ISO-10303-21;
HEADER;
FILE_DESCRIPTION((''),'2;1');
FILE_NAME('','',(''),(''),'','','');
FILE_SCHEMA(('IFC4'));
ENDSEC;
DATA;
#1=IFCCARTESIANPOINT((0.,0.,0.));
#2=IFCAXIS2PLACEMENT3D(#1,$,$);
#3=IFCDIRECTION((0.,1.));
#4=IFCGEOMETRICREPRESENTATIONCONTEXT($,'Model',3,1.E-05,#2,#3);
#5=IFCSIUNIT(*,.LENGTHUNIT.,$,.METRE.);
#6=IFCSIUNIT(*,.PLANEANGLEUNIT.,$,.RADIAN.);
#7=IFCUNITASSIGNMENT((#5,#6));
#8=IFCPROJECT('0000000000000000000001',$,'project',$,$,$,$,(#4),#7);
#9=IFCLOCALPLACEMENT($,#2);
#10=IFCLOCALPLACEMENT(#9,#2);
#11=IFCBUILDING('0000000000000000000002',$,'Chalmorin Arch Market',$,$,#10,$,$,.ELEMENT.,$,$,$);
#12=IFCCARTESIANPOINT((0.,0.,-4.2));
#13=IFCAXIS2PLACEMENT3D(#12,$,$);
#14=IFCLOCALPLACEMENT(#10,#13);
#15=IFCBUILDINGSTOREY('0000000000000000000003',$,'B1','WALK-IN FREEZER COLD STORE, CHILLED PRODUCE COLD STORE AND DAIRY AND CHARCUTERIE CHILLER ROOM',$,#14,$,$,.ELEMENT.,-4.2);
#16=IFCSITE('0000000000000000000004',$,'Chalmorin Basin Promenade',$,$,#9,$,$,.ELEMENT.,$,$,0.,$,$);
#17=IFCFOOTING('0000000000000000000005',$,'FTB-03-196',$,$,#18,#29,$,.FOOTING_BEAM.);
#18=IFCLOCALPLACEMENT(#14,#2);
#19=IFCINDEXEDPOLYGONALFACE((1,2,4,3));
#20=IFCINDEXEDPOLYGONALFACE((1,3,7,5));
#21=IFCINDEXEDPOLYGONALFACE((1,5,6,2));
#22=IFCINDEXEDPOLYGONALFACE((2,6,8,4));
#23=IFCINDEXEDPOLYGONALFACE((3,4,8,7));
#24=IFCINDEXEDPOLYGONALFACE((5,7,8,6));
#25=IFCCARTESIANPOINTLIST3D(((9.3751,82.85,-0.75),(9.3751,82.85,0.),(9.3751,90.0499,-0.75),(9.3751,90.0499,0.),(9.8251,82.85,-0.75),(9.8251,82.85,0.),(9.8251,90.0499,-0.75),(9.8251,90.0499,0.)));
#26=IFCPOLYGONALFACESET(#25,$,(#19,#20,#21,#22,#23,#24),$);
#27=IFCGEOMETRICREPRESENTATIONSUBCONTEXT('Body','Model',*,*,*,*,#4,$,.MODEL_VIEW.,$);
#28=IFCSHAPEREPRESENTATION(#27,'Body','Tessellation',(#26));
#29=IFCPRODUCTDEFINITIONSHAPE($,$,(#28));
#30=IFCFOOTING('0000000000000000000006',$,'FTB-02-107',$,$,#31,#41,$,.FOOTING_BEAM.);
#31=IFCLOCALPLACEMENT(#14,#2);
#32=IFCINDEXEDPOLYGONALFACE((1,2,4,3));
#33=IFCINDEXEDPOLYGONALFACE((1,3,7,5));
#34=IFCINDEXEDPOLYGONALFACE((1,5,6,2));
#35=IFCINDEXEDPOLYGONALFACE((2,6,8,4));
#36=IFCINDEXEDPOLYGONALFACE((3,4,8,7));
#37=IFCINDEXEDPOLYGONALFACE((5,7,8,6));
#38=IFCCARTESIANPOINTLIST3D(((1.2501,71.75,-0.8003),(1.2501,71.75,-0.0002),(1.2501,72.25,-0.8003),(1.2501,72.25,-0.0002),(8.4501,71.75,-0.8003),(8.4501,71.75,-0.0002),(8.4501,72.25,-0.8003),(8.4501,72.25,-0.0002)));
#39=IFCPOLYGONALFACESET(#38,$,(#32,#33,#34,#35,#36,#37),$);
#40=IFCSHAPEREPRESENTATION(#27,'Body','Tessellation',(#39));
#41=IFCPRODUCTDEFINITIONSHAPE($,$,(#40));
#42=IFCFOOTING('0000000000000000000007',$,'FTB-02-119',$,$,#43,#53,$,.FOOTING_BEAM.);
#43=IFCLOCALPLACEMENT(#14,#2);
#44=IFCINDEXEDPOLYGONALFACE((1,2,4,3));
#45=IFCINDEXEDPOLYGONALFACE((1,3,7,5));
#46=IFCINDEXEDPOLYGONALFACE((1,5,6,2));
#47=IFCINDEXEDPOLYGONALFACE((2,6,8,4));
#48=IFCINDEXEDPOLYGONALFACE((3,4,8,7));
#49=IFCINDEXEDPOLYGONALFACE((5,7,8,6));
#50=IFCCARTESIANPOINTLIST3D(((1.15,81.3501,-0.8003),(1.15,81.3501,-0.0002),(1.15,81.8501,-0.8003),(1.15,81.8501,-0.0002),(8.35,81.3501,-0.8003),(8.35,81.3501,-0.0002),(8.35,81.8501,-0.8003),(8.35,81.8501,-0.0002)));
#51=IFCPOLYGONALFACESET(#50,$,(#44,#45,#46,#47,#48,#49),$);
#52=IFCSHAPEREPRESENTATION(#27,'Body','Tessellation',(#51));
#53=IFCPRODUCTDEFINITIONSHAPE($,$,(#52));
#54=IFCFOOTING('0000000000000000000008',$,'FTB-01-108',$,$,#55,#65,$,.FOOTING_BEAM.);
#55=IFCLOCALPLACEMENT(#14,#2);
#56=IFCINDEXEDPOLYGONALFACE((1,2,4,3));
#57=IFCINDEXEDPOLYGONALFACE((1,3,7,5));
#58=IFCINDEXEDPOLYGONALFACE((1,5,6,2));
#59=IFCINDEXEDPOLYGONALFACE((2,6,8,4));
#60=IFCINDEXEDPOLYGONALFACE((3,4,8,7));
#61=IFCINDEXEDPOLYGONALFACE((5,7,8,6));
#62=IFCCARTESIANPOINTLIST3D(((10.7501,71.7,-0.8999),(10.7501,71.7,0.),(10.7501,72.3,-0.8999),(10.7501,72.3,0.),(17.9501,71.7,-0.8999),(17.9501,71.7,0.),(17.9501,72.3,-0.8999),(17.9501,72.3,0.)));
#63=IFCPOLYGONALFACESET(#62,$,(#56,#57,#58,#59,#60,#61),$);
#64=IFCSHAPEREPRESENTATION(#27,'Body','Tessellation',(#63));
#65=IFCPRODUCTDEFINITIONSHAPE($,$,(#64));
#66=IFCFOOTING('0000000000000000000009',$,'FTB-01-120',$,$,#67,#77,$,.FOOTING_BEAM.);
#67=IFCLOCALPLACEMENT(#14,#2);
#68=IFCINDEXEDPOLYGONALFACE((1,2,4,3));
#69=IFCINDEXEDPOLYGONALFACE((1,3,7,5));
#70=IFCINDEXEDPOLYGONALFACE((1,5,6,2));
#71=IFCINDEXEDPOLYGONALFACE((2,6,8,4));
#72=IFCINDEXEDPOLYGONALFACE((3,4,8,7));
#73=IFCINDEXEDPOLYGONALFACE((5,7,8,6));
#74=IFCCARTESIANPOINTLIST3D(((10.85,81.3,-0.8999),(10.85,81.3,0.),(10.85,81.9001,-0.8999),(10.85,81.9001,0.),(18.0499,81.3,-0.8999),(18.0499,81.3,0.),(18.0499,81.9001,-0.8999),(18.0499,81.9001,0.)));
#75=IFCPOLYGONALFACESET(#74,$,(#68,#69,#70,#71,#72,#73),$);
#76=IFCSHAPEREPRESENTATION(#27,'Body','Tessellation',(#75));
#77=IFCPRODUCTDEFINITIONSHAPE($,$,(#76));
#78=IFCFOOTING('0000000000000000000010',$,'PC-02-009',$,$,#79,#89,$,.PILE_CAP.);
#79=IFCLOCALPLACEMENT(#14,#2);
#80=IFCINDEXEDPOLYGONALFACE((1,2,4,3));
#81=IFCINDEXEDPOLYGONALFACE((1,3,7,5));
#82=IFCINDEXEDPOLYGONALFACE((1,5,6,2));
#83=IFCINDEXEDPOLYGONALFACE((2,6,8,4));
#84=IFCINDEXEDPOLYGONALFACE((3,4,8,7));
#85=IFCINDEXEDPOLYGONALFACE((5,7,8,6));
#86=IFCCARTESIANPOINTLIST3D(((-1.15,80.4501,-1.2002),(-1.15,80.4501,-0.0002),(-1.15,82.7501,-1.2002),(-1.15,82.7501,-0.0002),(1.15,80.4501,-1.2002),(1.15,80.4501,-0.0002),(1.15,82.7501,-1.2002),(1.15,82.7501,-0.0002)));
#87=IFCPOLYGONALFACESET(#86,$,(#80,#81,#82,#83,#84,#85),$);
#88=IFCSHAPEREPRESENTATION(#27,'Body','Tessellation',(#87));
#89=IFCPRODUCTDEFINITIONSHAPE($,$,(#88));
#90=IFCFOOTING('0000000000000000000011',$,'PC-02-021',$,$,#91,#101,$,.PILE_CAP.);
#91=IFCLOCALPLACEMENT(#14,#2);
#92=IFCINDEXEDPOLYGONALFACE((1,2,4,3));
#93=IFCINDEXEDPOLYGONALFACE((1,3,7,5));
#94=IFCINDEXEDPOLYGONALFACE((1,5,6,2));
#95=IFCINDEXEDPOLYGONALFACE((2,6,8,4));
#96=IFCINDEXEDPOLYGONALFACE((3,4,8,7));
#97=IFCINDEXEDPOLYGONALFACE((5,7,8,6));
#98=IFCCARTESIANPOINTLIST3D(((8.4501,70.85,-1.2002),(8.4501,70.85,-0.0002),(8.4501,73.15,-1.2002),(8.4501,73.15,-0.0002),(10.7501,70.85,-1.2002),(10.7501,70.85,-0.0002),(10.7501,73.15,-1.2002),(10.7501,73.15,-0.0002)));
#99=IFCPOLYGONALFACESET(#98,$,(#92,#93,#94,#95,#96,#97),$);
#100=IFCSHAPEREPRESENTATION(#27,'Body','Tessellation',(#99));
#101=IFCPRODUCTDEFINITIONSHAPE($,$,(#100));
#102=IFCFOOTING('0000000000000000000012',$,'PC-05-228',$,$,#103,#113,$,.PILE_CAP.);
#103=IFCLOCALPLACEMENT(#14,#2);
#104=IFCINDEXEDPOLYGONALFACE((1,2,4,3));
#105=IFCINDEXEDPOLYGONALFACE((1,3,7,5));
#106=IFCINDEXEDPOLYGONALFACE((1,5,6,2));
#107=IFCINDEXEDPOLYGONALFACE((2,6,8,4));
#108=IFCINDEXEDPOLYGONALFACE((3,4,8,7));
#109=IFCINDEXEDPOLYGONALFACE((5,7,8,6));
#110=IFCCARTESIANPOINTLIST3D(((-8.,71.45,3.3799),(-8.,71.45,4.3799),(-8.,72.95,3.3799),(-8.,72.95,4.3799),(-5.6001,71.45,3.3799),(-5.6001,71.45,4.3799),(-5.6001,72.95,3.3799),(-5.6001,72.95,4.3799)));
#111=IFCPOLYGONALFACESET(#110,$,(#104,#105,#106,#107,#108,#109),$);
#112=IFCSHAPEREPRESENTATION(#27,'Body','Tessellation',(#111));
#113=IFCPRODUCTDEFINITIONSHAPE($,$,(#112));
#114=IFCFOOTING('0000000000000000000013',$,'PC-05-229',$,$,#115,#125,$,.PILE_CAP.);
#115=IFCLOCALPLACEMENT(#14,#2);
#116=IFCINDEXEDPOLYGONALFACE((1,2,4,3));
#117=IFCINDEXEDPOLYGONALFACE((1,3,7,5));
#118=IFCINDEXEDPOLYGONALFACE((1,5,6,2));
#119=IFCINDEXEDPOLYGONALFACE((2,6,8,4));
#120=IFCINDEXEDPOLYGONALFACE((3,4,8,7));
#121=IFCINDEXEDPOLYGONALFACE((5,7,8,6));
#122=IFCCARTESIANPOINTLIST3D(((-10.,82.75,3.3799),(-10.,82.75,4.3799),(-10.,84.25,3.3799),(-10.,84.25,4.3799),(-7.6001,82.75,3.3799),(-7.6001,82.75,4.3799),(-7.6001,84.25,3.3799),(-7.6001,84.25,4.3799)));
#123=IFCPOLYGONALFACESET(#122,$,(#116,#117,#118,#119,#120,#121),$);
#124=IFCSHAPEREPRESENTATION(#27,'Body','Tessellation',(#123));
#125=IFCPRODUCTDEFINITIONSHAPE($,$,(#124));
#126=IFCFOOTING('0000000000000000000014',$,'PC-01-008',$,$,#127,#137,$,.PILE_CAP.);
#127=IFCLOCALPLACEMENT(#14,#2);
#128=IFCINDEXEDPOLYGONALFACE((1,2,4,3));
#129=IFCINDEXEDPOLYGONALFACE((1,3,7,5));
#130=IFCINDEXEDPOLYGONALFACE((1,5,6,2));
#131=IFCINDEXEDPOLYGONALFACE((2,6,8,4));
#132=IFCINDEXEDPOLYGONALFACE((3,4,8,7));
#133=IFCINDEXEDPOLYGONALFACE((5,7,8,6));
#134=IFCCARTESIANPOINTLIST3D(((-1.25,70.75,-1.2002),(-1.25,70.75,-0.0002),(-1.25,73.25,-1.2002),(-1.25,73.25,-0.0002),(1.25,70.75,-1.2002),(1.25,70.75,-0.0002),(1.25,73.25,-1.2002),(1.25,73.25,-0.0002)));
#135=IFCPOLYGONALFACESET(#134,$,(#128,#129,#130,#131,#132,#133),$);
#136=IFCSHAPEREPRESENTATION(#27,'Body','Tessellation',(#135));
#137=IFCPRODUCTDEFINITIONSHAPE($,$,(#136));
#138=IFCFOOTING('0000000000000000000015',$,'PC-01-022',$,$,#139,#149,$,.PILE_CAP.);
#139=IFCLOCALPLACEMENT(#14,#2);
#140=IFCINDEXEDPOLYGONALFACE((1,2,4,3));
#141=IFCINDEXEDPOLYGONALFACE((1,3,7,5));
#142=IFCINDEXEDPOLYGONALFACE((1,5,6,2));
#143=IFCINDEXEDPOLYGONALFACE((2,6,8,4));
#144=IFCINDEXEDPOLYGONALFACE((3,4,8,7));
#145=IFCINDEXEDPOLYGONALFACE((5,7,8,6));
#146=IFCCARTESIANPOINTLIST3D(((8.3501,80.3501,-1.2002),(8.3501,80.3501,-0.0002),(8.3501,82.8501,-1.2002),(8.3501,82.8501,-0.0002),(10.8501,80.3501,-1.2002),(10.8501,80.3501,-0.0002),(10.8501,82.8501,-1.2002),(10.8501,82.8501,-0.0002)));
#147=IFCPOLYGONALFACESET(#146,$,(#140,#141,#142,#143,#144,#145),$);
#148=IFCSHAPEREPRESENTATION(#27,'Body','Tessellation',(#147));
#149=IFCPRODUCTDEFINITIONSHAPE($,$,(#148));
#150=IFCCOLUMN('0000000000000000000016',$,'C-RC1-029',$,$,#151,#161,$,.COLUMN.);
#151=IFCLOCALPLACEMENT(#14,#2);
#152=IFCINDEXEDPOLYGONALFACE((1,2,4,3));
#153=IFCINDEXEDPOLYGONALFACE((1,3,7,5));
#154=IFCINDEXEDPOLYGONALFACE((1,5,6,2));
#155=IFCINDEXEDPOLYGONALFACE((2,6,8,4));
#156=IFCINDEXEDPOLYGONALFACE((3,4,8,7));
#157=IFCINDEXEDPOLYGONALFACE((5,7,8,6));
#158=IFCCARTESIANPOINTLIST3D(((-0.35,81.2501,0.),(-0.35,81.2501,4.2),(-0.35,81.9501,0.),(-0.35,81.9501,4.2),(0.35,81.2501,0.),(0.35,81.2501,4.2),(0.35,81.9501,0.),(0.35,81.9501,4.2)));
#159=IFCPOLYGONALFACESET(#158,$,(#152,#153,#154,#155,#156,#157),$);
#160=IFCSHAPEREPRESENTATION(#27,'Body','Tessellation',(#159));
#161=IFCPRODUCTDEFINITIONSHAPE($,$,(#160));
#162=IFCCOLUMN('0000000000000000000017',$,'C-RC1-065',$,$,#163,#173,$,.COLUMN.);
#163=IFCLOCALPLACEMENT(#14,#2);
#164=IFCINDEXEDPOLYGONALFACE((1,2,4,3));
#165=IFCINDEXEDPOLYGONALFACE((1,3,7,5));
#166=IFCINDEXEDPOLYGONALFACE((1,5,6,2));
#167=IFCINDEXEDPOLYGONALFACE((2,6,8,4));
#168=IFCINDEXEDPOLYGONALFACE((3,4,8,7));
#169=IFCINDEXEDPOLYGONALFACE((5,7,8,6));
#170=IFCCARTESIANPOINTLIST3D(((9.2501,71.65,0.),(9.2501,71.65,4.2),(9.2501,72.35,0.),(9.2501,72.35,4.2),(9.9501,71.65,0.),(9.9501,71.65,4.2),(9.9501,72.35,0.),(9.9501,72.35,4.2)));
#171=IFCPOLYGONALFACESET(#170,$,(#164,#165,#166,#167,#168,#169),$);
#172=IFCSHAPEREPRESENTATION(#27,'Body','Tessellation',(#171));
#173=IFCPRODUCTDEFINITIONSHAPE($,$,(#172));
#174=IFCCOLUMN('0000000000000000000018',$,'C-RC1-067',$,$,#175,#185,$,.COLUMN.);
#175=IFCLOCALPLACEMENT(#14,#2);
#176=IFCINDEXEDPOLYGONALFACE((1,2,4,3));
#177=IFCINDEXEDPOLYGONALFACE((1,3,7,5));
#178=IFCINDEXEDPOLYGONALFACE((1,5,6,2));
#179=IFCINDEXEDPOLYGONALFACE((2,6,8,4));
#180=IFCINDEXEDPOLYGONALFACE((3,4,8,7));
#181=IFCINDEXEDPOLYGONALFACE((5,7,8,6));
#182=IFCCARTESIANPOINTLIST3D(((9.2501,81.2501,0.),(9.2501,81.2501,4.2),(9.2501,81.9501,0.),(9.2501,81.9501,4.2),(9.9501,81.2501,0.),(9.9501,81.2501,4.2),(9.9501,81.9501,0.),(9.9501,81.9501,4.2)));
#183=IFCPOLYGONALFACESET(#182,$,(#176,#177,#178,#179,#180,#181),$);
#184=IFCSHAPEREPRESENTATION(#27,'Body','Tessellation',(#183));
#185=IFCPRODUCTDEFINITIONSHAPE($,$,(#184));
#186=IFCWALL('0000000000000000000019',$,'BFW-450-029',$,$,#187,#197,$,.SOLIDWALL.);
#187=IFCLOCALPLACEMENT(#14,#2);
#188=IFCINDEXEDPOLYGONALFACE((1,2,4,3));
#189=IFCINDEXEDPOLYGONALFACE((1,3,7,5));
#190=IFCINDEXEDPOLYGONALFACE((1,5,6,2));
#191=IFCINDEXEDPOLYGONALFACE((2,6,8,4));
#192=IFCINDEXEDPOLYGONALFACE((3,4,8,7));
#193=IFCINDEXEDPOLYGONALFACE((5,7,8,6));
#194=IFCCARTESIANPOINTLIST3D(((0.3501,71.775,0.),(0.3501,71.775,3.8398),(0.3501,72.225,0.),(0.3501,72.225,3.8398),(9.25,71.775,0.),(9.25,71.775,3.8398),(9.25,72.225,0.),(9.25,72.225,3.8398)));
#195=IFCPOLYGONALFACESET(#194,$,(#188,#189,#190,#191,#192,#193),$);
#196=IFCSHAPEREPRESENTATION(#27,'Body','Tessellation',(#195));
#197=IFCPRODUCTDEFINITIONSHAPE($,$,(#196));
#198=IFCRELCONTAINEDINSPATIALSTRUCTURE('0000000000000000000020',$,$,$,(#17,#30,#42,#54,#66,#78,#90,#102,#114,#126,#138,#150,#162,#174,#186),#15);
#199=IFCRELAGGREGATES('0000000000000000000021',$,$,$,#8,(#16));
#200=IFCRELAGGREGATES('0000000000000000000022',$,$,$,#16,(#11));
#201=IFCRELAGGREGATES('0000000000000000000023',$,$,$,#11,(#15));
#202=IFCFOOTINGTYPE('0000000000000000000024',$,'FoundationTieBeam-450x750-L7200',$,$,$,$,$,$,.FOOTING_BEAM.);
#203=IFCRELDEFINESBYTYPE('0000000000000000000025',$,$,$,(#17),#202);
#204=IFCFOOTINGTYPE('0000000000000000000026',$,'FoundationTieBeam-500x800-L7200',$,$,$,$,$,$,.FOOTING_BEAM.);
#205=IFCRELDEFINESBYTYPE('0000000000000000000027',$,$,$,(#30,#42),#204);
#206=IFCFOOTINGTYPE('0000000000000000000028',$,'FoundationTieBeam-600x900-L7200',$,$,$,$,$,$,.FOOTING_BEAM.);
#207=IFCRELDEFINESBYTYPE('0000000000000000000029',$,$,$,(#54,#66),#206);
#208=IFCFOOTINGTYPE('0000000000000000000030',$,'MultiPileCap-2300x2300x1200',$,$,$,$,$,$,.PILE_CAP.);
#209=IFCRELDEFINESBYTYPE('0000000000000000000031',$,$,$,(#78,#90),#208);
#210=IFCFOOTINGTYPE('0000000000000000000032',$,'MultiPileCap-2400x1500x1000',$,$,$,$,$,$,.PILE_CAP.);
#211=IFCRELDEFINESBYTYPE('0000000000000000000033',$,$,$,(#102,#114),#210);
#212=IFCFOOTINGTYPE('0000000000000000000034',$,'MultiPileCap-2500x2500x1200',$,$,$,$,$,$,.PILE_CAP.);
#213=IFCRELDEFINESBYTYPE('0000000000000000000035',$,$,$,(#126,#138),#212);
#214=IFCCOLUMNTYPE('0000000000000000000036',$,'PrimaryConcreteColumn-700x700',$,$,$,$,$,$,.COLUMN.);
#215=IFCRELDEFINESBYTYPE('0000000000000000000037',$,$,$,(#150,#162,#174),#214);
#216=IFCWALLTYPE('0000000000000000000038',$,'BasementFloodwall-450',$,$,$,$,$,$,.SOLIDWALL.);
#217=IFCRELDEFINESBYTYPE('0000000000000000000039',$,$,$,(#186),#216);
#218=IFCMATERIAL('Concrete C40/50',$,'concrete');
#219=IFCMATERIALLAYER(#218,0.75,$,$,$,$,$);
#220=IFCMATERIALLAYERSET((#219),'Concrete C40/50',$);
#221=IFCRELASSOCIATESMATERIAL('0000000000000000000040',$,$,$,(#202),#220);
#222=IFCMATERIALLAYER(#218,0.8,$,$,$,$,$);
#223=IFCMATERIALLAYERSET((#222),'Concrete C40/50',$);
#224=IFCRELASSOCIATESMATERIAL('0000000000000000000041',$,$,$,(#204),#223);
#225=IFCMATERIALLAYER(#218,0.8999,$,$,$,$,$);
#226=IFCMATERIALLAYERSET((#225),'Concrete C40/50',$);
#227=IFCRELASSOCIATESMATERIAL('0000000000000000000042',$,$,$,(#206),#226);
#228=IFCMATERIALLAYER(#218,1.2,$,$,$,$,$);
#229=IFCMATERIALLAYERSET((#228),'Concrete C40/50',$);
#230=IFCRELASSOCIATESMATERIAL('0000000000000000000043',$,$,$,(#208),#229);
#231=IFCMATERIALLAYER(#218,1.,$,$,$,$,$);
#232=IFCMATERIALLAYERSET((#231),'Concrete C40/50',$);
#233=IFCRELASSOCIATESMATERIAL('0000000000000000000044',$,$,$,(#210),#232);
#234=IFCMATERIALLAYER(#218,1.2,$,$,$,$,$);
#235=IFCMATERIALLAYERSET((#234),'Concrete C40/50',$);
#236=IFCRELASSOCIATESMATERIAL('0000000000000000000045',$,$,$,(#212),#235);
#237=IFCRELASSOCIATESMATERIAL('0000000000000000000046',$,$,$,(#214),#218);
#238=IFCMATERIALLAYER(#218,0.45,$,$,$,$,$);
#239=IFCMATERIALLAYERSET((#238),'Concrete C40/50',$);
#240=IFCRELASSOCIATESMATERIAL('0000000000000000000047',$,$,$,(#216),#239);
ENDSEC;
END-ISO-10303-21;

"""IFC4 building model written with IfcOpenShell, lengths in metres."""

from ifc_helpers import new_model, si_unit, direction, frame, frame_2d, origin, origin_2d, place, context, subcontext, project, spatial, rectangle, extrude, material, layer, layer_set, material_profile, profile_set, type_object, element, save


model = new_model("IFC4")

# Units and contexts
model_context = context("Model", 3, precision=1e-05, world=origin(), true_north=direction((0.0, 1.0)))
body_context = subcontext(model_context, "Body", "Model", "MODEL_VIEW")
ifc_project = project(units=[si_unit("LENGTHUNIT", "METRE"), si_unit("PLANEANGLEUNIT", "RADIAN")], contexts=[model_context])

# Site, building, storey
site_placement = place(None, origin())
site = spatial("IfcSite", under=ifc_project, at=site_placement, Name="Chalmorin Basin Promenade", CompositionType="ELEMENT", RefElevation=0.0)
building_placement = place(site_placement, origin())
building = spatial("IfcBuilding", under=site, at=building_placement, Name="Chalmorin Arch Market", CompositionType="ELEMENT")
storey_placement = place(building_placement, frame((0.0, 0.0, -4.2)))
storey = spatial("IfcBuildingStorey", under=building, at=storey_placement, Name="B1", Description="WALK-IN FREEZER COLD STORE, CHILLED PRODUCE COLD STORE AND DAIRY AND CHARCUTERIE CHILLER ROOM", CompositionType="ELEMENT", Elevation=-4.2)

# Footings
ifc_material_1 = material(Name="Concrete C40/50", Category="concrete")
ifc_layer_1 = layer(ifc_material_1, 0.75)
ifc_layer_set_1 = layer_set([ifc_layer_1], Name="Concrete C40/50")
footing_type_1 = type_object("IfcFootingType", Name="FoundationTieBeam-450x750-L7200", PredefinedType="FOOTING_BEAM", material=ifc_layer_set_1)
for number, where, z_axis, x_axis, name in (
    (1, (9.6001, 86.45, -0.75), (0.0, 0.0, 1.0), (0.0, 1.0, 0.0), "FTB-03-196"),
):
    element("IfcFooting", number, at=place(storey_placement, frame(where, z_axis=z_axis, x_axis=x_axis)), inside=storey, type_object=footing_type_1, Name=name, PredefinedType="FOOTING_BEAM", context=body_context, shape_type="SweptSolid", body=[
        extrude(rectangle(XDim=7.2, YDim=0.45, at=origin_2d()), origin(), (0.0, 0.0, 1.0), 0.75),
    ])
ifc_layer_2 = layer(ifc_material_1, 0.8)
ifc_layer_set_2 = layer_set([ifc_layer_2], Name="Concrete C40/50")
footing_type_2 = type_object("IfcFootingType", Name="FoundationTieBeam-500x800-L7200", PredefinedType="FOOTING_BEAM", material=ifc_layer_set_2)
for number, where, z_axis, x_axis, name in (
    (2, (4.8501, 72.0, -0.8003), (0.0, 0.0, 1.0), (1.0, 0.0, 0.0), "FTB-02-107"),
    (3, (4.75, 81.6001, -0.8003), (0.0, 0.0, 1.0), (1.0, 0.0, 0.0), "FTB-02-119"),
):
    element("IfcFooting", number, at=place(storey_placement, frame(where, z_axis=z_axis, x_axis=x_axis)), inside=storey, type_object=footing_type_2, Name=name, PredefinedType="FOOTING_BEAM", context=body_context, shape_type="SweptSolid", body=[
        extrude(rectangle(XDim=7.2, YDim=0.5, at=origin_2d()), origin(), (0.0, 0.0, 1.0), 0.8),
    ])
ifc_layer_3 = layer(ifc_material_1, 0.8999)
ifc_layer_set_3 = layer_set([ifc_layer_3], Name="Concrete C40/50")
footing_type_3 = type_object("IfcFootingType", Name="FoundationTieBeam-600x900-L7200", PredefinedType="FOOTING_BEAM", material=ifc_layer_set_3)
for number, where, z_axis, x_axis, name in (
    (4, (14.3501, 72.0, -0.8999), (0.0, 0.0, 1.0), (1.0, 0.0, 0.0), "FTB-01-108"),
    (5, (14.45, 81.6001, -0.8999), (0.0, 0.0, 1.0), (1.0, 0.0, 0.0), "FTB-01-120"),
):
    element("IfcFooting", number, at=place(storey_placement, frame(where, z_axis=z_axis, x_axis=x_axis)), inside=storey, type_object=footing_type_3, Name=name, PredefinedType="FOOTING_BEAM", context=body_context, shape_type="SweptSolid", body=[
        extrude(rectangle(XDim=7.2, YDim=0.6001, at=origin_2d()), origin(), (0.0, 0.0, 1.0), 0.8999),
    ])
ifc_layer_4 = layer(ifc_material_1, 1.2)
ifc_layer_set_4 = layer_set([ifc_layer_4], Name="Concrete C40/50")
footing_type_4 = type_object("IfcFootingType", Name="MultiPileCap-2300x2300x1200", PredefinedType="PILE_CAP", material=ifc_layer_set_4)
for number, where, z_axis, x_axis, name in (
    (6, (0.0, 81.6001, -1.2002), (0.0, 0.0, 1.0), (1.0, 0.0, 0.0), "PC-02-009"),
    (7, (9.6001, 72.0, -1.2002), (0.0, 0.0, 1.0), (1.0, 0.0, 0.0), "PC-02-021"),
):
    element("IfcFooting", number, at=place(storey_placement, frame(where, z_axis=z_axis, x_axis=x_axis)), inside=storey, type_object=footing_type_4, Name=name, PredefinedType="PILE_CAP", context=body_context, shape_type="SweptSolid", body=[
        extrude(rectangle(XDim=2.3, YDim=2.3, at=origin_2d()), origin(), (0.0, 0.0, 1.0), 1.2),
    ])
ifc_layer_5 = layer(ifc_material_1, 1.0)
ifc_layer_set_5 = layer_set([ifc_layer_5], Name="Concrete C40/50")
footing_type_5 = type_object("IfcFootingType", Name="MultiPileCap-2400x1500x1000", PredefinedType="PILE_CAP", material=ifc_layer_set_5)
for number, where, z_axis, x_axis, name in (
    (8, (-6.8, 72.2, 3.3799), (0.0, 0.0, 1.0), (1.0, 0.0, 0.0), "PC-05-228"),
    (9, (-8.8, 83.5, 3.3799), (0.0, 0.0, 1.0), (1.0, 0.0, 0.0), "PC-05-229"),
):
    element("IfcFooting", number, at=place(storey_placement, frame(where, z_axis=z_axis, x_axis=x_axis)), inside=storey, type_object=footing_type_5, Name=name, PredefinedType="PILE_CAP", context=body_context, shape_type="SweptSolid", body=[
        extrude(rectangle(XDim=2.3999, YDim=1.5, at=origin_2d()), origin(), (0.0, 0.0, 1.0), 1.0),
    ])
ifc_layer_6 = layer(ifc_material_1, 1.2)
ifc_layer_set_6 = layer_set([ifc_layer_6], Name="Concrete C40/50")
footing_type_6 = type_object("IfcFootingType", Name="MultiPileCap-2500x2500x1200", PredefinedType="PILE_CAP", material=ifc_layer_set_6)
for number, where, z_axis, x_axis, name in (
    (10, (0.0, 72.0, -1.2002), (0.0, 0.0, 1.0), (1.0, 0.0, 0.0), "PC-01-008"),
    (11, (9.6001, 81.6001, -1.2002), (0.0, 0.0, 1.0), (1.0, 0.0, 0.0), "PC-01-022"),
):
    element("IfcFooting", number, at=place(storey_placement, frame(where, z_axis=z_axis, x_axis=x_axis)), inside=storey, type_object=footing_type_6, Name=name, PredefinedType="PILE_CAP", context=body_context, shape_type="SweptSolid", body=[
        extrude(rectangle(XDim=2.5, YDim=2.5, at=origin_2d()), origin(), (0.0, 0.0, 1.0), 1.2),
    ])

# Columns
ifc_material_profile_1 = material_profile(ifc_material_1, rectangle(XDim=0.7, YDim=0.7, at=origin_2d()), Name="RC700X700")
ifc_profile_set_1 = profile_set([ifc_material_profile_1], Name="Concrete C40/50")
column_type = type_object("IfcColumnType", Name="PrimaryConcreteColumn-700x700", PredefinedType="COLUMN", material=ifc_profile_set_1)
for number, where, z_axis, x_axis, name in (
    (12, (0.0, 81.6001, 0.0), (0.0, 0.0, 1.0), (1.0, 0.0, 0.0), "C-RC1-029"),
    (13, (9.6001, 72.0, 0.0), (0.0, 0.0, 1.0), (1.0, 0.0, 0.0), "C-RC1-065"),
    (14, (9.6001, 81.6001, 0.0), (0.0, 0.0, 1.0), (1.0, 0.0, 0.0), "C-RC1-067"),
):
    element("IfcColumn", number, at=place(storey_placement, frame(where, z_axis=z_axis, x_axis=x_axis)), inside=storey, type_object=column_type, Name=name, PredefinedType="COLUMN", context=body_context, shape_type="SweptSolid", body=[
        extrude(rectangle(XDim=0.7, YDim=0.7, at=origin_2d()), origin(), (0.0, 0.0, 1.0), 4.2),
    ])

# Wall
ifc_layer_7 = layer(ifc_material_1, 0.45)
ifc_layer_set_7 = layer_set([ifc_layer_7], Name="Concrete C40/50")
wall_type = type_object("IfcWallType", Name="BasementFloodwall-450", PredefinedType="SOLIDWALL", material=ifc_layer_set_7)
wall_1_placement = place(storey_placement, frame((0.3501, 72.0, 0.0), z_axis=(0.0, 0.0, 1.0), x_axis=(1.0, 0.0, 0.0)))
element("IfcWall", 15, at=wall_1_placement, inside=storey, type_object=wall_type, Name="BFW-450-029", PredefinedType="SOLIDWALL", context=body_context, shape_type="SweptSolid", body=[
    extrude(rectangle(XDim=8.8999, YDim=0.45, at=frame_2d((4.45, 0.0))), origin(), (0.0, 0.0, 1.0), 3.8398),
])

save(model, "model.ifc")
